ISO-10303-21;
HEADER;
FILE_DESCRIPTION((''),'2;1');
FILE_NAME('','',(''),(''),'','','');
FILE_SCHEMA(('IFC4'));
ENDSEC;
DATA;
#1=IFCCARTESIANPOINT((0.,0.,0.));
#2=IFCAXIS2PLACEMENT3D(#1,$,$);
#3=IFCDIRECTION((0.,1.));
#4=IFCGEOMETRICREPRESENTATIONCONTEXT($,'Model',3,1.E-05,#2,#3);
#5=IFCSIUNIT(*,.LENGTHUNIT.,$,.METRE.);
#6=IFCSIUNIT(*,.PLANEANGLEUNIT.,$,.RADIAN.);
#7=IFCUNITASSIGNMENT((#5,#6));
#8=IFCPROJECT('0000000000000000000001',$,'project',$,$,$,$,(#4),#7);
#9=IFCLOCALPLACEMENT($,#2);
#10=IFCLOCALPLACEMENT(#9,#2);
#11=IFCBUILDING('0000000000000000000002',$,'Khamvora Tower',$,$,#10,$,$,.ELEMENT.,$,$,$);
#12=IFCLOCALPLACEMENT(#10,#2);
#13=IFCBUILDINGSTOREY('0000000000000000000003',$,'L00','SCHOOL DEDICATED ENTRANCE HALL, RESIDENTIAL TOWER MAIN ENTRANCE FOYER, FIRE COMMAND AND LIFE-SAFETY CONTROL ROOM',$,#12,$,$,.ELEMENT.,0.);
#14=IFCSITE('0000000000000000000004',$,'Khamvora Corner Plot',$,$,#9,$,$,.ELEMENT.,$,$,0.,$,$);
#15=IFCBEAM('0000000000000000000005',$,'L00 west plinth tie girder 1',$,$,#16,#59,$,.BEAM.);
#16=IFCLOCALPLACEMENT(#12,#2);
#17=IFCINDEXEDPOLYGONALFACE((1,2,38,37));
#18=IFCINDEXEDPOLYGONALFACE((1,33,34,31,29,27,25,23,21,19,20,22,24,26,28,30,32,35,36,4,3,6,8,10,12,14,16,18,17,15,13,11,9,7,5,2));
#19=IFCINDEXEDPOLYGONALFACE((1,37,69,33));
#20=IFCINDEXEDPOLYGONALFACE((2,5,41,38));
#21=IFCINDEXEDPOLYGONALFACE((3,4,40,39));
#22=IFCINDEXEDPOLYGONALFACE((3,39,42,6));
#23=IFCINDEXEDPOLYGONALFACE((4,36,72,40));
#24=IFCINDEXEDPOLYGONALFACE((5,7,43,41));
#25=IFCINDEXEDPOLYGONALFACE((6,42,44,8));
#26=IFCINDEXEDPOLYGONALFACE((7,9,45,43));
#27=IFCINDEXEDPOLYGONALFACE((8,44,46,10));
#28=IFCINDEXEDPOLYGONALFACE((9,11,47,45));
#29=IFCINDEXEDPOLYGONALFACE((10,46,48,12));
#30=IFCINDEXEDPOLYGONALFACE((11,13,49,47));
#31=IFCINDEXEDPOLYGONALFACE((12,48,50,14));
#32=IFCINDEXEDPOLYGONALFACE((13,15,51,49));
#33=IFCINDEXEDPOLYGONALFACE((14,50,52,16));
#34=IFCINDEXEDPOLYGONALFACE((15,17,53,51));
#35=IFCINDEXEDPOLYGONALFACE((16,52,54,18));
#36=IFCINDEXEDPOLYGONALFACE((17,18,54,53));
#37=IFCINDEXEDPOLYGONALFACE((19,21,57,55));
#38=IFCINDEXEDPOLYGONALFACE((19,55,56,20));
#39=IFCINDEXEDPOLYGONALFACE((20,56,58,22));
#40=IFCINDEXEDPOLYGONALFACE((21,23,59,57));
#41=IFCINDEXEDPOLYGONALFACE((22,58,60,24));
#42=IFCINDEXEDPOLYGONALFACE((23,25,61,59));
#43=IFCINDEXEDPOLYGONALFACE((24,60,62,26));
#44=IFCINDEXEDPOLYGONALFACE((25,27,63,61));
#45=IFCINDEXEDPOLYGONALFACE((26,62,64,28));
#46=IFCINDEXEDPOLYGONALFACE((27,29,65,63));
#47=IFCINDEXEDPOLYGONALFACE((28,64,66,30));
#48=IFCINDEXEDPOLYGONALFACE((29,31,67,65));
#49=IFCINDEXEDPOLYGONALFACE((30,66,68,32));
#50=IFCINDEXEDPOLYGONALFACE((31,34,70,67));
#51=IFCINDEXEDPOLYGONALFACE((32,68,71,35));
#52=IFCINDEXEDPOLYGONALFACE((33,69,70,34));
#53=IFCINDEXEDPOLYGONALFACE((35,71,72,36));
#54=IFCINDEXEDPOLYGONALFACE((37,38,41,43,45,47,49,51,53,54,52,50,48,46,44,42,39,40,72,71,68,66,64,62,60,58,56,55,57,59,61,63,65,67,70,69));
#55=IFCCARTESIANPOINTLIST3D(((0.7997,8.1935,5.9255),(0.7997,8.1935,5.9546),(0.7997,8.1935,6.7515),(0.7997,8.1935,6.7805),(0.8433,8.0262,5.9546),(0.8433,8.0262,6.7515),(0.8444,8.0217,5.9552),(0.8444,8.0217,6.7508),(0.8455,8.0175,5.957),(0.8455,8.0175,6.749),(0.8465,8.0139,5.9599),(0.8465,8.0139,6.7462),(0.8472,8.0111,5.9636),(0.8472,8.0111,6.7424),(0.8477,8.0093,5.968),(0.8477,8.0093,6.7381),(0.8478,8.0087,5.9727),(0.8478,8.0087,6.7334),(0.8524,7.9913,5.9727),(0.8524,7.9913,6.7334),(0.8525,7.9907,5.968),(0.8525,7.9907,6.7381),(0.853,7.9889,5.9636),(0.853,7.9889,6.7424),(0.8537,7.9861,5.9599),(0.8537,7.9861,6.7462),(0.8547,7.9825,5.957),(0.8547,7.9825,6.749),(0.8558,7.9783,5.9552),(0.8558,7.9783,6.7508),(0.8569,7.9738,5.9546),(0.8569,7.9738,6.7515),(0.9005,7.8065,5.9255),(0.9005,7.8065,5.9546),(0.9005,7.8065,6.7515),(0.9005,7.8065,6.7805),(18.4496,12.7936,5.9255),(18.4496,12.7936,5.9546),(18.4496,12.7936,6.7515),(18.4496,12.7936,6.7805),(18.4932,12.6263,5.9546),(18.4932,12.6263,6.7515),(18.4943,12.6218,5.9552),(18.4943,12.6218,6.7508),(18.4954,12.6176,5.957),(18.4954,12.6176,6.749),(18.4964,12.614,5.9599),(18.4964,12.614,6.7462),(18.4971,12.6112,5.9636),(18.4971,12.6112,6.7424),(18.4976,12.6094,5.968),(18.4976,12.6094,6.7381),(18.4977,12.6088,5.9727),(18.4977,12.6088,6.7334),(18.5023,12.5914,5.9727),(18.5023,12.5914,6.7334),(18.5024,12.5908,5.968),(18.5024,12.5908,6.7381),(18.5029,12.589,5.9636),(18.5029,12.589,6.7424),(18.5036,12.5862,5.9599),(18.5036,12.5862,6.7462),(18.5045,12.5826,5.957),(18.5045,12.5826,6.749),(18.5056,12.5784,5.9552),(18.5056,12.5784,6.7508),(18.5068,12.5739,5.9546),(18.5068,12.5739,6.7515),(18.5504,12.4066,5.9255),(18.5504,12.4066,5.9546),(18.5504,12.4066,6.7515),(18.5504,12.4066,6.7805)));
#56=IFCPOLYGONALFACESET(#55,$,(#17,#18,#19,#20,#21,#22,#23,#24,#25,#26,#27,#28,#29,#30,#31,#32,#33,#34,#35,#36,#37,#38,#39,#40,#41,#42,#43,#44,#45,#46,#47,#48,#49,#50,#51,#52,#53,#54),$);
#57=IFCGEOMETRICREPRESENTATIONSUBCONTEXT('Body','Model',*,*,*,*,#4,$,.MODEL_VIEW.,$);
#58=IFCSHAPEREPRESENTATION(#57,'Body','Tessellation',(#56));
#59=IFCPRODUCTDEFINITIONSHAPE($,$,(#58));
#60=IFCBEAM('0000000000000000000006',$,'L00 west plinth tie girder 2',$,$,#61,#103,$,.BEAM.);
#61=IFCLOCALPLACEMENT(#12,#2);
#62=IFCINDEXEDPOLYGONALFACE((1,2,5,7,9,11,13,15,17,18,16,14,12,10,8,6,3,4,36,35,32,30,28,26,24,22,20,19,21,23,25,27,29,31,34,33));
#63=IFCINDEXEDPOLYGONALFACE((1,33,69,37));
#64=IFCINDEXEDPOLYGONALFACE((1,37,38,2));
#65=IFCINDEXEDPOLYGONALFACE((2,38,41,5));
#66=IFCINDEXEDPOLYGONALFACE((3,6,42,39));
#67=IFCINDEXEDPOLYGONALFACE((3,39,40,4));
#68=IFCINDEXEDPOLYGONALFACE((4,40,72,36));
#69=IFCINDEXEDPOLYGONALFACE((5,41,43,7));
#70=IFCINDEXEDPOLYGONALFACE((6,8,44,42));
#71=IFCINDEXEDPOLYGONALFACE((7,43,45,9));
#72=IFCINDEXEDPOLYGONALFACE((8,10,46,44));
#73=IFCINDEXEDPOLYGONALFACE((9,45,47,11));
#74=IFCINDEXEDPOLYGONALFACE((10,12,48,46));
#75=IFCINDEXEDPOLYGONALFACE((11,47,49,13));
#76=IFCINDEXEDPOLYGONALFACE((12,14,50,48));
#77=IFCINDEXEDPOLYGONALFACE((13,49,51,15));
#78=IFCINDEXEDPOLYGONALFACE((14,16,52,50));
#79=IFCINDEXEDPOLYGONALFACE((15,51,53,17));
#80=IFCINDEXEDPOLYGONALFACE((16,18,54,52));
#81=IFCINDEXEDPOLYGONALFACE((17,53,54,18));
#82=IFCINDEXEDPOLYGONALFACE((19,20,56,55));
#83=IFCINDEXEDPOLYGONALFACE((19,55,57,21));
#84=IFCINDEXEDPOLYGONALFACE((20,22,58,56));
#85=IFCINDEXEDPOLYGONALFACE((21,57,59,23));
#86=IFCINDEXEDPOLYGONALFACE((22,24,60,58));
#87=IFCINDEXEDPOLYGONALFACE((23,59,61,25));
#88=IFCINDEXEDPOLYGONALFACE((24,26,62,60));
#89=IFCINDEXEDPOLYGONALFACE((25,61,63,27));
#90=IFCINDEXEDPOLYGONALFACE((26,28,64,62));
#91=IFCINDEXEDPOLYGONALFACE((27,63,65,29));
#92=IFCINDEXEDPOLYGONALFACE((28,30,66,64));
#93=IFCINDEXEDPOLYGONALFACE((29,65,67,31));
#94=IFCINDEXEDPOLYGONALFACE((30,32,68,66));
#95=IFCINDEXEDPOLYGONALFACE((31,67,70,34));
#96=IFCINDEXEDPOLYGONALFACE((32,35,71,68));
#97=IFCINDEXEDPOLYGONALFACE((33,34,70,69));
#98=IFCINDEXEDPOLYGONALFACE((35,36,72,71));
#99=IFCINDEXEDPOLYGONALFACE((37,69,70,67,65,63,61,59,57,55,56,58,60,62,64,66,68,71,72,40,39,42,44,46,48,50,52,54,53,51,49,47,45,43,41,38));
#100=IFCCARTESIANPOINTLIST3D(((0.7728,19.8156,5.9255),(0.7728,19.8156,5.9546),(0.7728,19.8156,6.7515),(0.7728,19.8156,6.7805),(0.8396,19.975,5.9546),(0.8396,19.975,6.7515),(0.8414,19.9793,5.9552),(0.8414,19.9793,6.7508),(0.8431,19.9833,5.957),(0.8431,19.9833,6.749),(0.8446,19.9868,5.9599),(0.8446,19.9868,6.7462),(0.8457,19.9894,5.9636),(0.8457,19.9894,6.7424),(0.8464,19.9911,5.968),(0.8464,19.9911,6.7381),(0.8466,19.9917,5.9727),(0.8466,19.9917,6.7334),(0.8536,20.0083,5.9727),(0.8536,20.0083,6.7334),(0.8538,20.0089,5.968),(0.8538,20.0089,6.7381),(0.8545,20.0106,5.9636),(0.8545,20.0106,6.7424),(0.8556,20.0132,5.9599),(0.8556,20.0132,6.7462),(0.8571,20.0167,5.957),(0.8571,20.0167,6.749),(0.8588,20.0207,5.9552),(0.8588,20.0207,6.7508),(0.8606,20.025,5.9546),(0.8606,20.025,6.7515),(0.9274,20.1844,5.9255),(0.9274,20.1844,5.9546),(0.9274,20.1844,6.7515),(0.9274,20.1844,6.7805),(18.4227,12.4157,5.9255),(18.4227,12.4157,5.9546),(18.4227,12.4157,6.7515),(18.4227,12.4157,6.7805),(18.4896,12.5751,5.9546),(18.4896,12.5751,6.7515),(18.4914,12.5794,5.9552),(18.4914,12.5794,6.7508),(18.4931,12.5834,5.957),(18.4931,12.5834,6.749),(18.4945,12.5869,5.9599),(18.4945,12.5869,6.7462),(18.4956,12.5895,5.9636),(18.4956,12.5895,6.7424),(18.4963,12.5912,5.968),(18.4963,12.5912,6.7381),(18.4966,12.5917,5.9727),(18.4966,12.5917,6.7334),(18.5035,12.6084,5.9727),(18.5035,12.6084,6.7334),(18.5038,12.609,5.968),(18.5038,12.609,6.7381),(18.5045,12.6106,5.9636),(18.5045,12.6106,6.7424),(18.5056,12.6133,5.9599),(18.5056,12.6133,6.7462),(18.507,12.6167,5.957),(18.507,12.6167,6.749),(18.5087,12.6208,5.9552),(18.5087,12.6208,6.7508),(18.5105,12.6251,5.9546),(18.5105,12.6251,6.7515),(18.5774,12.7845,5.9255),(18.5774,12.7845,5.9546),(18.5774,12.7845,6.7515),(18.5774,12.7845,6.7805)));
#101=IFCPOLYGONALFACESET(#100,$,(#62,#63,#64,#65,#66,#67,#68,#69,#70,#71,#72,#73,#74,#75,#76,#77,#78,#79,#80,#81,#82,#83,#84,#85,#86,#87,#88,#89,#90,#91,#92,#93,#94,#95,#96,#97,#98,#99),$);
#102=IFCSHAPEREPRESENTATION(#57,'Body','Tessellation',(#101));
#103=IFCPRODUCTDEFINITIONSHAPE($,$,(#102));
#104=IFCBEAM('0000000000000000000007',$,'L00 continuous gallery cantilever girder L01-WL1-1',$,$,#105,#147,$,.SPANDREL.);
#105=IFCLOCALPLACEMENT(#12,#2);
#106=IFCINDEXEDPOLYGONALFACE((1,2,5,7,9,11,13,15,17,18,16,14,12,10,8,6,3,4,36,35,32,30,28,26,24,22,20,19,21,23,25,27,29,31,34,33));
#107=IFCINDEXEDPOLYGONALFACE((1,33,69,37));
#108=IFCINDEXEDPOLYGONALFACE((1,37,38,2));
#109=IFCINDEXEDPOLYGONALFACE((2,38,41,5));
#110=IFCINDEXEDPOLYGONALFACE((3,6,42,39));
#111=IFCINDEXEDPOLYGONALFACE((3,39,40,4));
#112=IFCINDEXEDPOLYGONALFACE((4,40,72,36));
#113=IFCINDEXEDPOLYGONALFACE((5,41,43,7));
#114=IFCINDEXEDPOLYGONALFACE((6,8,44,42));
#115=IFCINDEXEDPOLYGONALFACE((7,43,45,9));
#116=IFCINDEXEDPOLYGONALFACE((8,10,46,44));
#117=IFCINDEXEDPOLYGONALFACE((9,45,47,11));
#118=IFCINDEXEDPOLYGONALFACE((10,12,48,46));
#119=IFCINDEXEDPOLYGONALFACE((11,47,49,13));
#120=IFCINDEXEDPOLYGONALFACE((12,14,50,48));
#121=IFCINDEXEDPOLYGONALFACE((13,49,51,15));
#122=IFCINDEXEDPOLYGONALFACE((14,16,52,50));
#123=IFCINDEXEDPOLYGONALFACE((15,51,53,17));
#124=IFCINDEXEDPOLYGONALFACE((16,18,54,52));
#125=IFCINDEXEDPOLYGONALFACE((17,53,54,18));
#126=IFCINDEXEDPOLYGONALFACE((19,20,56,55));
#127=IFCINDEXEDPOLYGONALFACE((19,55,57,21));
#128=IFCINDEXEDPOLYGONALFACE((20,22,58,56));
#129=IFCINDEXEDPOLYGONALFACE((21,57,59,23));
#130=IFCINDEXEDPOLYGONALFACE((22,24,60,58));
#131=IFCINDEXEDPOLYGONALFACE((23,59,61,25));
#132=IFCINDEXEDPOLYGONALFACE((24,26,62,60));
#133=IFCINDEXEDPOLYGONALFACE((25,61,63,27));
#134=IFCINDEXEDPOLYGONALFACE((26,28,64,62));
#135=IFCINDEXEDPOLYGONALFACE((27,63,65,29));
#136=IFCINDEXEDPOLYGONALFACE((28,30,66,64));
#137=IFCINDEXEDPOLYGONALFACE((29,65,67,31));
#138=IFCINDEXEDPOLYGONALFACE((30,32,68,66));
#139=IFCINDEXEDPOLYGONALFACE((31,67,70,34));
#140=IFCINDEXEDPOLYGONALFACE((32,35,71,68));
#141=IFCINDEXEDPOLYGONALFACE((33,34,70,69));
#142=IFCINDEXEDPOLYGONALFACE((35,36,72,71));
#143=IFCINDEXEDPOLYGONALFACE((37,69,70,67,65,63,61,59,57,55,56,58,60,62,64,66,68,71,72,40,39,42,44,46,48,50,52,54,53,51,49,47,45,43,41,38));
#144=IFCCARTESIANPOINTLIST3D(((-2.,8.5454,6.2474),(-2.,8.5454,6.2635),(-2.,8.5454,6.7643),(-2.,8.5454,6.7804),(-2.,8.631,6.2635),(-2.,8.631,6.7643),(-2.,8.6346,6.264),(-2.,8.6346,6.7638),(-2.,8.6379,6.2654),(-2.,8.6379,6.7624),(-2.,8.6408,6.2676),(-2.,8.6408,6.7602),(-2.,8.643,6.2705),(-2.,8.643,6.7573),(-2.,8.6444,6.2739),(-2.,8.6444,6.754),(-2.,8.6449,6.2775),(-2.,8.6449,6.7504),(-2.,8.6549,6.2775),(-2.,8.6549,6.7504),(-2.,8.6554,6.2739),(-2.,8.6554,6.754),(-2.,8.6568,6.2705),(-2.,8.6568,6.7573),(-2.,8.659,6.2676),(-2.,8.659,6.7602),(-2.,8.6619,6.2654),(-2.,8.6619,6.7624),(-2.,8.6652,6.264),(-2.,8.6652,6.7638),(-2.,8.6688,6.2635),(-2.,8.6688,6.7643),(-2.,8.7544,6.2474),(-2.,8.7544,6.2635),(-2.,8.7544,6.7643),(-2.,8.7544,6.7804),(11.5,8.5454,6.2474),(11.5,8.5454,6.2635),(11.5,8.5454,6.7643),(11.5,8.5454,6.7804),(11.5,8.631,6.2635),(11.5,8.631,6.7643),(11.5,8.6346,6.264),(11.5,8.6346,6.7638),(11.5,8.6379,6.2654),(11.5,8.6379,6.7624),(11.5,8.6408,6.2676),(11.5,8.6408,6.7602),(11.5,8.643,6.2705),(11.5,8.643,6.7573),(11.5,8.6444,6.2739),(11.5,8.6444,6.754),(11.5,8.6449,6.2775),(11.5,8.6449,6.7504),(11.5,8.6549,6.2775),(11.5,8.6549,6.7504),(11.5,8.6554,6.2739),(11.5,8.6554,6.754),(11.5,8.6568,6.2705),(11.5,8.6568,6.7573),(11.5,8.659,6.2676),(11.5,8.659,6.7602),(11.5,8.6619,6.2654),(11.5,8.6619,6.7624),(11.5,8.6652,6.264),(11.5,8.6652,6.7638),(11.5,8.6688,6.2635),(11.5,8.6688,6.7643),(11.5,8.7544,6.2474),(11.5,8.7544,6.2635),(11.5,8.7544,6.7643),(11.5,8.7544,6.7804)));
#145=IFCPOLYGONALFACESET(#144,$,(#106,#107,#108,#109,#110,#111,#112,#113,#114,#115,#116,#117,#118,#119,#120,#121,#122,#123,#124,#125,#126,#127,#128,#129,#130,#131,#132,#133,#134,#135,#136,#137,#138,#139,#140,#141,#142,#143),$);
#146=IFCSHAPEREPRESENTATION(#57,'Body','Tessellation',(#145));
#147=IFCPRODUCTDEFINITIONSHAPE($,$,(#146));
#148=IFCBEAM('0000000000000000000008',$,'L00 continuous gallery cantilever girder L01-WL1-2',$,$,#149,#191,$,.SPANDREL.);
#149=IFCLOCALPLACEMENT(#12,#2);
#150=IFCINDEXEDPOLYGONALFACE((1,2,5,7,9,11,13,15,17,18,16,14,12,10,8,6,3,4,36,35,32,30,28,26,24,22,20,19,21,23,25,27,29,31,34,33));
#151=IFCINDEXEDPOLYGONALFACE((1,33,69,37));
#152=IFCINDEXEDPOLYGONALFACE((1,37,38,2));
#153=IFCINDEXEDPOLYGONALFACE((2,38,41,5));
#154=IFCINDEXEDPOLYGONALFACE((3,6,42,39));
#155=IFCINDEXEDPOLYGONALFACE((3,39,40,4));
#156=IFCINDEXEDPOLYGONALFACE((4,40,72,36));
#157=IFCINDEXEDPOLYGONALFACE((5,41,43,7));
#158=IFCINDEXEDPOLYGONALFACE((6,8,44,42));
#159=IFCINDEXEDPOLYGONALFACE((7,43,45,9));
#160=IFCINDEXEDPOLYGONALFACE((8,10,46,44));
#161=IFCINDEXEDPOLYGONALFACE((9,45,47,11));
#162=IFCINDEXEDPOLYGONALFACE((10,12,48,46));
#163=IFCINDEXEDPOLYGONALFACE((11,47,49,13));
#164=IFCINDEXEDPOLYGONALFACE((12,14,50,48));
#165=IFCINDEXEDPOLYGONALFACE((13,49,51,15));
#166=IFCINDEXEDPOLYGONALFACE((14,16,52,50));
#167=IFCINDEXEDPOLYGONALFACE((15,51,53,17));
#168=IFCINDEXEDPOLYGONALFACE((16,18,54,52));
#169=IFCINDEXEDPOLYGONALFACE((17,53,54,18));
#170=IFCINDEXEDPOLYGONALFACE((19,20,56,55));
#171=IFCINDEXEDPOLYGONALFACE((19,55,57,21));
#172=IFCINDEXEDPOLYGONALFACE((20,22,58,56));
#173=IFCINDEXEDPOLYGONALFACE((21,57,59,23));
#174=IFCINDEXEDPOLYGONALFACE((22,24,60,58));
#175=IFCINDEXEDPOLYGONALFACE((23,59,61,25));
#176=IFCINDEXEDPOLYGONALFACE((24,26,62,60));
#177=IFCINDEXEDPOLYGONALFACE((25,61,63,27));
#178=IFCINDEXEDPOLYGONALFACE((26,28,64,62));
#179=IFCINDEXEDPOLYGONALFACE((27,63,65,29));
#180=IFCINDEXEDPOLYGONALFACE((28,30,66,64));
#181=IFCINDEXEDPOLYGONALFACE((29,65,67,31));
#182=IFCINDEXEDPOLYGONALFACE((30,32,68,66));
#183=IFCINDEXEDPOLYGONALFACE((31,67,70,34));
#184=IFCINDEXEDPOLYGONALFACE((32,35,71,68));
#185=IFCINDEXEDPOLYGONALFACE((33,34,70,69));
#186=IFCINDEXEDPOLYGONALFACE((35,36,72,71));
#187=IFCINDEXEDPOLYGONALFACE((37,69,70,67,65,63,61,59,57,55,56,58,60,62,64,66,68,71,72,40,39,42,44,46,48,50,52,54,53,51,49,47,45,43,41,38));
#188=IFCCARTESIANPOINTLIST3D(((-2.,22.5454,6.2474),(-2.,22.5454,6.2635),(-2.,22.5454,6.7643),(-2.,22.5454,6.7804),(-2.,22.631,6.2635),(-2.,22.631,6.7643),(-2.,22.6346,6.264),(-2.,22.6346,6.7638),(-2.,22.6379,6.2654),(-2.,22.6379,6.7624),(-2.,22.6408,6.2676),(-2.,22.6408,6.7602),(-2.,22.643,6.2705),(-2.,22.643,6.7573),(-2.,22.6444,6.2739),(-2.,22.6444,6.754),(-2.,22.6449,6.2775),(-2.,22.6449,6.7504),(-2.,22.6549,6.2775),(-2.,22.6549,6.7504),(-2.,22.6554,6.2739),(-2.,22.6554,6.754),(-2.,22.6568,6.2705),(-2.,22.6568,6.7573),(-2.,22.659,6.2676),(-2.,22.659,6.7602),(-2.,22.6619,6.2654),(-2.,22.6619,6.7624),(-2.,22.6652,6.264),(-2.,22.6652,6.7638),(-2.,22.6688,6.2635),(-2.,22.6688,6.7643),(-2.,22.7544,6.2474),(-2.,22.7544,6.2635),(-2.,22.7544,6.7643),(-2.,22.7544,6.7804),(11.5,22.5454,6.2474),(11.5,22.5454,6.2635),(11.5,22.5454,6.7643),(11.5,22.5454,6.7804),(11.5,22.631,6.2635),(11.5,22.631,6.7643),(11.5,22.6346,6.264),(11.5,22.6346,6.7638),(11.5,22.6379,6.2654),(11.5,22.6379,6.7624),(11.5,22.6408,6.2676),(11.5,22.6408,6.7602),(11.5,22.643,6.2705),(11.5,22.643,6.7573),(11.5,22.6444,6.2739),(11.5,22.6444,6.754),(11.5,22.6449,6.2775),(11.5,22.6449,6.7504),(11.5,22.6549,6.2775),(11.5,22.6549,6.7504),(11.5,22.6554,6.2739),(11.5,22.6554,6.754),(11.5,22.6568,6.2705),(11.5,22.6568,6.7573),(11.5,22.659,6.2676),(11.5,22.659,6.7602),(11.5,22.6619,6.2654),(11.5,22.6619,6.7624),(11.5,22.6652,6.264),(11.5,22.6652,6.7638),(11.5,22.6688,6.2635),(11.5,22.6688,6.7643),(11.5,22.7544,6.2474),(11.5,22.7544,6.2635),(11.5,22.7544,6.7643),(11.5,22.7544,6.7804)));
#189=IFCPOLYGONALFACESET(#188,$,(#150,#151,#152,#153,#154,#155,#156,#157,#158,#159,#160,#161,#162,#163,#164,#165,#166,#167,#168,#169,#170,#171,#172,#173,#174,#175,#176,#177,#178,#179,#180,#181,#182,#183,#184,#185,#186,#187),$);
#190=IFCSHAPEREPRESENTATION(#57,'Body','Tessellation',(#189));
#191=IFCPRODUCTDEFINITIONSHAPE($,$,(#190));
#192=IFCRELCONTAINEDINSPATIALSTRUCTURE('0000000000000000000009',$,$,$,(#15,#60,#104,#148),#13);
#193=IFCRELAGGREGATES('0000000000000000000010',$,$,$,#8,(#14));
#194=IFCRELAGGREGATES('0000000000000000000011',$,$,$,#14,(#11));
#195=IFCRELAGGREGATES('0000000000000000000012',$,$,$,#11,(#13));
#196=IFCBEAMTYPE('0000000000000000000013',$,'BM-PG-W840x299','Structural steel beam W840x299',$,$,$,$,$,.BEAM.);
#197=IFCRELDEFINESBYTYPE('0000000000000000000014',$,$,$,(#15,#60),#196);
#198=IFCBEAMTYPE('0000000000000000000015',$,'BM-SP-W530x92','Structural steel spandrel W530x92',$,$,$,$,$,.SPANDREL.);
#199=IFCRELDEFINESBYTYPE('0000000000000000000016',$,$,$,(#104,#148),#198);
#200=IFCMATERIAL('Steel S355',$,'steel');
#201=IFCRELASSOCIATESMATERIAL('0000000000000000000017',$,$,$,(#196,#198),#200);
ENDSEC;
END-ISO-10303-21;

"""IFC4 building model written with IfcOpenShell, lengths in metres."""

from ifc_helpers import new_model, si_unit, direction, frame, origin, origin_2d, place, context, subcontext, project, spatial, i_section, extrude, material, material_profile, profile_set, type_object, element, save


model = new_model("IFC4")

# Units and contexts
model_context = context("Model", 3, precision=1e-05, world=origin(), true_north=direction((0.0, 1.0)))
body_context = subcontext(model_context, "Body", "Model", "MODEL_VIEW")
ifc_project = project(units=[si_unit("LENGTHUNIT", "METRE"), si_unit("PLANEANGLEUNIT", "RADIAN")], contexts=[model_context])

# Site, building, storey
site_placement = place(None, origin())
site = spatial("IfcSite", under=ifc_project, at=site_placement, Name="Khamvora Corner Plot", CompositionType="ELEMENT", RefElevation=0.0)
building_placement = place(site_placement, origin())
building = spatial("IfcBuilding", under=site, at=building_placement, Name="Khamvora Tower", CompositionType="ELEMENT")
storey_placement = place(building_placement, origin())
storey = spatial("IfcBuildingStorey", under=building, at=storey_placement, Name="L00", Description="SCHOOL DEDICATED ENTRANCE HALL, RESIDENTIAL TOWER MAIN ENTRANCE FOYER, FIRE COMMAND AND LIFE-SAFETY CONTROL ROOM", CompositionType="ELEMENT", Elevation=0.0)

# Beams
ifc_material_1 = material(Name="Steel S355", Category="steel")
ifc_material_profile_1 = material_profile(ifc_material_1, i_section(OverallWidth=0.3999, OverallDepth=0.855, WebThickness=0.0181, FlangeThickness=0.0291, FilletRadius=0.0181, at=origin_2d()), Name="W840x299")
ifc_profile_set_1 = profile_set([ifc_material_profile_1], Name="Steel S355")
beam_type_1 = type_object("IfcBeamType", Name="BM-PG-W840x299", Description="Structural steel beam W840x299", PredefinedType="BEAM", material=ifc_profile_set_1)
beam_1_placement = place(storey_placement, frame((0.8501, 8.0, 6.353), z_axis=(0.967674, 0.252205, 0.0), x_axis=(-0.252205, 0.967674, 0.0)))
element("IfcBeam", 1, at=beam_1_placement, inside=storey, type_object=beam_type_1, Name="L00 west plinth tie girder 1", PredefinedType="BEAM", context=body_context, shape_type="SweptSolid", body=[
    extrude(i_section(OverallWidth=0.3999, OverallDepth=0.855, WebThickness=0.0181, FlangeThickness=0.0291, FilletRadius=0.0181, at=origin_2d()), origin(), (0.0, 0.0, 1.0), 18.2395),
])
beam_2_placement = place(storey_placement, frame((0.8501, 20.0, 6.353), z_axis=(0.922225, -0.386652, 0.0), x_axis=(0.386652, 0.922225, 0.0)))
element("IfcBeam", 2, at=beam_2_placement, inside=storey, type_object=beam_type_1, Name="L00 west plinth tie girder 2", PredefinedType="BEAM", context=body_context, shape_type="SweptSolid", body=[
    extrude(i_section(OverallWidth=0.3999, OverallDepth=0.855, WebThickness=0.0181, FlangeThickness=0.0291, FilletRadius=0.0181, at=origin_2d()), origin(), (0.0, 0.0, 1.0), 19.1384),
])
ifc_material_profile_2 = material_profile(ifc_material_1, i_section(OverallWidth=0.209, OverallDepth=0.533, WebThickness=0.01, FlangeThickness=0.0161, FilletRadius=0.0139, at=origin_2d()), Name="W530x92")
ifc_profile_set_2 = profile_set([ifc_material_profile_2], Name="Steel S355")
beam_type_2 = type_object("IfcBeamType", Name="BM-SP-W530x92", Description="Structural steel spandrel W530x92", PredefinedType="SPANDREL", material=ifc_profile_set_2)
for number, where, z_axis, x_axis, name in (
    (3, (11.5, 8.6499, 6.5139), (-1.0, 0.0, 0.0), (0.0, -1.0, 0.0), "L00 continuous gallery cantilever girder L01-WL1-1"),
    (4, (11.5, 22.6499, 6.5139), (-1.0, 0.0, 0.0), (0.0, -1.0, 0.0), "L00 continuous gallery cantilever girder L01-WL1-2"),
):
    element("IfcBeam", number, at=place(storey_placement, frame(where, z_axis=z_axis, x_axis=x_axis)), inside=storey, type_object=beam_type_2, Name=name, PredefinedType="SPANDREL", context=body_context, shape_type="SweptSolid", body=[
        extrude(i_section(OverallWidth=0.209, OverallDepth=0.533, WebThickness=0.01, FlangeThickness=0.0161, FilletRadius=0.0139, at=origin_2d()), origin(), (0.0, 0.0, 1.0), 13.5),
    ])

save(model, "model.ifc")
